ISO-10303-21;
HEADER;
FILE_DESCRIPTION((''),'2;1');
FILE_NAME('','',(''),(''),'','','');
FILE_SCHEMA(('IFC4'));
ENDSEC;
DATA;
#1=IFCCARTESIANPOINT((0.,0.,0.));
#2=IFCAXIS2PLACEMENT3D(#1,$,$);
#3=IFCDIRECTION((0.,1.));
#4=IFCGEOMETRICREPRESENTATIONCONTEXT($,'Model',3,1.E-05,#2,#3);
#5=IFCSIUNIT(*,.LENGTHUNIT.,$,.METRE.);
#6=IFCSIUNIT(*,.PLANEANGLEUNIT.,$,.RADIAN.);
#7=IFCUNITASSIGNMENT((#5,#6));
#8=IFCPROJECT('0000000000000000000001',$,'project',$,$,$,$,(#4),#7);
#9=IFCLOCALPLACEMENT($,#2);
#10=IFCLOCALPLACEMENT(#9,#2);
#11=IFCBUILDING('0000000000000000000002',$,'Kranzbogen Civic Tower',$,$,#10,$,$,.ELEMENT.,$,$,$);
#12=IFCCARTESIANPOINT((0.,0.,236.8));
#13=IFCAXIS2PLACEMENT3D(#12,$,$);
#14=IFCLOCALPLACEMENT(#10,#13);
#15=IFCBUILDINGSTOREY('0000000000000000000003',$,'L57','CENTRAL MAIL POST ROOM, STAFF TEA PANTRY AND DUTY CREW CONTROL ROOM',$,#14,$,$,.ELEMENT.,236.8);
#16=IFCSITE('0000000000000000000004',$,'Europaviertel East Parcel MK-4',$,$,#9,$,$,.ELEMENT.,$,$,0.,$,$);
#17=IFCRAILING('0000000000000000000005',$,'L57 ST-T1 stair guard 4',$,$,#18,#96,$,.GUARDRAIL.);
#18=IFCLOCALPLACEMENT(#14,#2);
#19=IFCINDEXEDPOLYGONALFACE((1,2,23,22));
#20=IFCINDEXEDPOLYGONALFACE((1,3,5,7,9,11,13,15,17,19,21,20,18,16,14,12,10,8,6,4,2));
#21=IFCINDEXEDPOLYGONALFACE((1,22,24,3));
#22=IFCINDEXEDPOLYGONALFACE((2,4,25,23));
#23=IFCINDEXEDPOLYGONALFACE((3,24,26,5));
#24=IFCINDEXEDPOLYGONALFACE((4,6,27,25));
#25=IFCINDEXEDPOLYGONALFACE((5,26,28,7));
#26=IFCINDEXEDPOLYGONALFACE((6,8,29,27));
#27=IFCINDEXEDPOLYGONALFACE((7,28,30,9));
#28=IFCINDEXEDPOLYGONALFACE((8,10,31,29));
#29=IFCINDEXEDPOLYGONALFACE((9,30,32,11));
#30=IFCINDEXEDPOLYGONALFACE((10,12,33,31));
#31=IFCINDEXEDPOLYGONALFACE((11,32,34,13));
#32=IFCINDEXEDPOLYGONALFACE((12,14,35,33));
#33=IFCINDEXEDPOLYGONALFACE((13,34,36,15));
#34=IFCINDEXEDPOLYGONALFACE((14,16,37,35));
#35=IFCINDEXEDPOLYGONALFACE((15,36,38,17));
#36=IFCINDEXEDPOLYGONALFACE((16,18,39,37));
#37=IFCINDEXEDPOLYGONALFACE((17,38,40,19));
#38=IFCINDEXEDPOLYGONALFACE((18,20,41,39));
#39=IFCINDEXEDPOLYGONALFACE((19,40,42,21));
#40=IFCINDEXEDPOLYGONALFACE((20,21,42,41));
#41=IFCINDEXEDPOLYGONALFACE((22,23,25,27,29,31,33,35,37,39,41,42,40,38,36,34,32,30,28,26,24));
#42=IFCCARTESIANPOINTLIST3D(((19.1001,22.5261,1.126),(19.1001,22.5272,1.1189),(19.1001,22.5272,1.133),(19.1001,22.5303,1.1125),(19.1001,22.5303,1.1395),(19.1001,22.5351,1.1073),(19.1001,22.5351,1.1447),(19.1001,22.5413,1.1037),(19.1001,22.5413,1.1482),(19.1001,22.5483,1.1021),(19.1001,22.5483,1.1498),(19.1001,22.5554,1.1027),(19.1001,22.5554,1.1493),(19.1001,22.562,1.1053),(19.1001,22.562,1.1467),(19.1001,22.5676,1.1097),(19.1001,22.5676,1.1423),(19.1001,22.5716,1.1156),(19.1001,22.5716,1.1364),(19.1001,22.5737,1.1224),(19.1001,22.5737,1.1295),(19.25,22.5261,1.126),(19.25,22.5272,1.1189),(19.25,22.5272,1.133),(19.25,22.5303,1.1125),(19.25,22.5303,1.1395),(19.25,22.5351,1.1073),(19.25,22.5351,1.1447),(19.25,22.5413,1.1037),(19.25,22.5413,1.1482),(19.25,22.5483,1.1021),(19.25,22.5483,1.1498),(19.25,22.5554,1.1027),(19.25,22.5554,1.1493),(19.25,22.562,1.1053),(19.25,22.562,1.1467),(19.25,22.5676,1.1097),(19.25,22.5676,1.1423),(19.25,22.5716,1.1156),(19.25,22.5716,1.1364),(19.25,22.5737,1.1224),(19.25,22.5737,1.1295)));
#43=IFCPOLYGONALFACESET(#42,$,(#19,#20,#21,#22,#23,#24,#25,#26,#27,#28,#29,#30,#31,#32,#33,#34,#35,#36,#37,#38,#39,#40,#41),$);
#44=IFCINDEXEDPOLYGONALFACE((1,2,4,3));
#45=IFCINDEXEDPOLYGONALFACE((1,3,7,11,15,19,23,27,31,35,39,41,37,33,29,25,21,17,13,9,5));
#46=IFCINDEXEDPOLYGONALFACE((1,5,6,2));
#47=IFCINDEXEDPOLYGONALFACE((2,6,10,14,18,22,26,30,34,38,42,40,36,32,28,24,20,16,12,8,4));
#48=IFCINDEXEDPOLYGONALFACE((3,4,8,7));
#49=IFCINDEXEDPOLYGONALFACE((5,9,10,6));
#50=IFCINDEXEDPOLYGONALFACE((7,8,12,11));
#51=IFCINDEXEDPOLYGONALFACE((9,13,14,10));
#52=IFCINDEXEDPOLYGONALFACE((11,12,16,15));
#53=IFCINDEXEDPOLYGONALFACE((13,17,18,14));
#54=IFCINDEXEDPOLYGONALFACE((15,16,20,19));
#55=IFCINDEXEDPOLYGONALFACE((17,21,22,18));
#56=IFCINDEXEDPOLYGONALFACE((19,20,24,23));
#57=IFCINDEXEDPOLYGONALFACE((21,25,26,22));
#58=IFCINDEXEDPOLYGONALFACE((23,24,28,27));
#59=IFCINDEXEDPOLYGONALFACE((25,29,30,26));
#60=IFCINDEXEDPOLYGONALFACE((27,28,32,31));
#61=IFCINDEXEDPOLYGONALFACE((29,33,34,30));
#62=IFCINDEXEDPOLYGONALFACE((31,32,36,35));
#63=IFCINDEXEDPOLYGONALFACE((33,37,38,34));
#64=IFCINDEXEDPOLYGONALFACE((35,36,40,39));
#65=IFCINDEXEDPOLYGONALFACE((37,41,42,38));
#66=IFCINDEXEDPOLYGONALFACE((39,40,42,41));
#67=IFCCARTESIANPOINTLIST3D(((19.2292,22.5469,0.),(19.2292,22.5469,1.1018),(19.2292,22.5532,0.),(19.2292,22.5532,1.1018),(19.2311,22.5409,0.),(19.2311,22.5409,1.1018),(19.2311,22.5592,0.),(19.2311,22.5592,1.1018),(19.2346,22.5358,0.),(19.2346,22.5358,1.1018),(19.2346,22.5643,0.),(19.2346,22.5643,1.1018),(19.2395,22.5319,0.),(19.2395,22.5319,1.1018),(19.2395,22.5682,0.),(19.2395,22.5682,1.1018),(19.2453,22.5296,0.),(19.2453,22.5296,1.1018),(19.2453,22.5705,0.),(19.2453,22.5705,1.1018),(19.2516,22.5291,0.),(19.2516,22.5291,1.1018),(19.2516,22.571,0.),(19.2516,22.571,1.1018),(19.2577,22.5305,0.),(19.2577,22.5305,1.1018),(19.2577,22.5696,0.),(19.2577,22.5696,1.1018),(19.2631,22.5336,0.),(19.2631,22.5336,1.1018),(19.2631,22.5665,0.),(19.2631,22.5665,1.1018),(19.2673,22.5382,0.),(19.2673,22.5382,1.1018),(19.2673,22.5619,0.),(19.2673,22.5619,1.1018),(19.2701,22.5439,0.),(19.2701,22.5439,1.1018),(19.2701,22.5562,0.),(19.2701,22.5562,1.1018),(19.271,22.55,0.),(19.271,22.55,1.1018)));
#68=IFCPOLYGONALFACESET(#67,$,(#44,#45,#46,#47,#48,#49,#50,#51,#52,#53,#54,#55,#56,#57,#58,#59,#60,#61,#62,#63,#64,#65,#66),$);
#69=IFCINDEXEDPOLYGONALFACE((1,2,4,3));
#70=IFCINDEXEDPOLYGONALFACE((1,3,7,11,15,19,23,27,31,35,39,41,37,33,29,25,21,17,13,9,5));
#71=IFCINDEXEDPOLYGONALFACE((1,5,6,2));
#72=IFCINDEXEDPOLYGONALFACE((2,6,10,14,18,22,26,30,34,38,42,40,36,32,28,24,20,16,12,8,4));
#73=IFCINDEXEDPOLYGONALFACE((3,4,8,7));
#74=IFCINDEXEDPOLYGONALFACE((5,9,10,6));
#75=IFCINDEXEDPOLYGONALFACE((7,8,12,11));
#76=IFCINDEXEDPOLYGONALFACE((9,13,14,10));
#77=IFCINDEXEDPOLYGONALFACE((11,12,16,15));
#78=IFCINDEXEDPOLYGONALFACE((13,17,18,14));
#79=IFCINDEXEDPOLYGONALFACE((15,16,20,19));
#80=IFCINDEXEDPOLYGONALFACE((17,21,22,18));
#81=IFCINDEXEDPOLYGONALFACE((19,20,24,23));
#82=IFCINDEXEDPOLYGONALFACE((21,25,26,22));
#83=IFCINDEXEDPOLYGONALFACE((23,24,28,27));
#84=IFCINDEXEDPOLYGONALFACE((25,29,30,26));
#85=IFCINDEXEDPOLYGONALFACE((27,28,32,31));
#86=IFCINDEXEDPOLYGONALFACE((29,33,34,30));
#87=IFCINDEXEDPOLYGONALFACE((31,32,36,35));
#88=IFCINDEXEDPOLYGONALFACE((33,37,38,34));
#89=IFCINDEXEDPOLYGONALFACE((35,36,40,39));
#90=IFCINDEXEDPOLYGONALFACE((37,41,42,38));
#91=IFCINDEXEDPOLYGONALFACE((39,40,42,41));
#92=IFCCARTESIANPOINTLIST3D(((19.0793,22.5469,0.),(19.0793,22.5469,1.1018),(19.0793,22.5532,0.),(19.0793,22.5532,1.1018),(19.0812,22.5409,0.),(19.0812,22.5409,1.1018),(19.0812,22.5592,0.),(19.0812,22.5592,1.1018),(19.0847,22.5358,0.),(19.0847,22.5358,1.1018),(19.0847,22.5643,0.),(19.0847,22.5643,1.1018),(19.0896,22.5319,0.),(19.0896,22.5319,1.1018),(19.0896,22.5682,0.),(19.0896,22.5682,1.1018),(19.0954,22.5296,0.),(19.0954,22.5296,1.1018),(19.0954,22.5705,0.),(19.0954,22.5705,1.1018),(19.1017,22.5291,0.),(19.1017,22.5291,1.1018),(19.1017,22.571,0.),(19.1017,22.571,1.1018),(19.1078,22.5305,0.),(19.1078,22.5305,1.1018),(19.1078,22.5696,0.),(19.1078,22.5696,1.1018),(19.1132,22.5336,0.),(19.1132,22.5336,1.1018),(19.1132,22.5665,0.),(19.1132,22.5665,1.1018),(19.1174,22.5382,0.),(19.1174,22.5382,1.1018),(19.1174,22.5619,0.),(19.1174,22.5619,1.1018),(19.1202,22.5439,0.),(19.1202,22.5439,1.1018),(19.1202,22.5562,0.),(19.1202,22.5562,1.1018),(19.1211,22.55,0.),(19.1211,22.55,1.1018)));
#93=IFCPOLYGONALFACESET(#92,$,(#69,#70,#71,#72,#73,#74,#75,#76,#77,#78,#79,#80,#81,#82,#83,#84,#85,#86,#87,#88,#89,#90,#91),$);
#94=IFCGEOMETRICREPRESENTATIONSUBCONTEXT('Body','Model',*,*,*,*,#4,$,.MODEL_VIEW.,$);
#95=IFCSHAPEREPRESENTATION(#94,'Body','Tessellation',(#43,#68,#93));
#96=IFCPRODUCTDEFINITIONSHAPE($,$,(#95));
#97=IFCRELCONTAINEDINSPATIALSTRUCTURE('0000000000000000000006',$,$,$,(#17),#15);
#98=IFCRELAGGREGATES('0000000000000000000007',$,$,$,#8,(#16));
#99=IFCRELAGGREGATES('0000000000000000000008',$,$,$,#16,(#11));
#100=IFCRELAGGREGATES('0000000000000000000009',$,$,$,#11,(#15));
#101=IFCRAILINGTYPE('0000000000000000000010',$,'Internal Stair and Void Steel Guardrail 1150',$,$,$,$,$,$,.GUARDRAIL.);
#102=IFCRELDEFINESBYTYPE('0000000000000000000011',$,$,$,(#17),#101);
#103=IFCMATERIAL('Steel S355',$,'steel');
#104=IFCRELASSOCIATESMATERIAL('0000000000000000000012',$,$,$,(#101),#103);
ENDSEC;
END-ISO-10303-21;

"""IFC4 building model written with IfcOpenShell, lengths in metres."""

from ifc_helpers import new_model, si_unit, direction, frame, origin, origin_2d, place, context, subcontext, project, spatial, circle, extrude, material, type_object, element, save


model = new_model("IFC4")

# Units and contexts
model_context = context("Model", 3, precision=1e-05, world=origin(), true_north=direction((0.0, 1.0)))
body_context = subcontext(model_context, "Body", "Model", "MODEL_VIEW")
ifc_project = project(units=[si_unit("LENGTHUNIT", "METRE"), si_unit("PLANEANGLEUNIT", "RADIAN")], contexts=[model_context])

# Site, building, storey
site_placement = place(None, origin())
site = spatial("IfcSite", under=ifc_project, at=site_placement, Name="Europaviertel East Parcel MK-4", CompositionType="ELEMENT", RefElevation=0.0)
building_placement = place(site_placement, origin())
building = spatial("IfcBuilding", under=site, at=building_placement, Name="Kranzbogen Civic Tower", CompositionType="ELEMENT")
storey_placement = place(building_placement, frame((0.0, 0.0, 236.8)))
storey = spatial("IfcBuildingStorey", under=building, at=storey_placement, Name="L57", Description="CENTRAL MAIL POST ROOM, STAFF TEA PANTRY AND DUTY CREW CONTROL ROOM", CompositionType="ELEMENT", Elevation=236.8)

# Shared definitions
ifc_material_1 = material(Name="Steel S355", Category="steel")

# Railing
railing_type_1 = type_object("IfcRailingType", Name="Internal Stair and Void Steel Guardrail 1150", PredefinedType="GUARDRAIL", material=ifc_material_1)
railing_1_placement = place(storey_placement, frame((19.25, 22.55, 0.0)))
element("IfcRailing", 1, at=railing_1_placement, inside=storey, type_object=railing_type_1, Name="L57 ST-T1 stair guard 4", PredefinedType="GUARDRAIL", context=body_context, shape_type="SweptSolid", body=[
    extrude(circle(Radius=0.0239, at=origin_2d()), frame((0.0, 0.0, 1.126), z_axis=(-1.0, 0.0, 0.0), x_axis=(0.0, -1.0, 0.0)), (0.0, 0.0, 1.0), 0.1499),
    extrude(circle(Radius=0.021, at=origin_2d()), origin(), (0.0, 0.0, 1.0), 1.1018),
    extrude(circle(Radius=0.021, at=origin_2d()), frame((-0.1499, 0.0, 0.0)), (0.0, 0.0, 1.0), 1.1018),
])

save(model, "model.ifc")
